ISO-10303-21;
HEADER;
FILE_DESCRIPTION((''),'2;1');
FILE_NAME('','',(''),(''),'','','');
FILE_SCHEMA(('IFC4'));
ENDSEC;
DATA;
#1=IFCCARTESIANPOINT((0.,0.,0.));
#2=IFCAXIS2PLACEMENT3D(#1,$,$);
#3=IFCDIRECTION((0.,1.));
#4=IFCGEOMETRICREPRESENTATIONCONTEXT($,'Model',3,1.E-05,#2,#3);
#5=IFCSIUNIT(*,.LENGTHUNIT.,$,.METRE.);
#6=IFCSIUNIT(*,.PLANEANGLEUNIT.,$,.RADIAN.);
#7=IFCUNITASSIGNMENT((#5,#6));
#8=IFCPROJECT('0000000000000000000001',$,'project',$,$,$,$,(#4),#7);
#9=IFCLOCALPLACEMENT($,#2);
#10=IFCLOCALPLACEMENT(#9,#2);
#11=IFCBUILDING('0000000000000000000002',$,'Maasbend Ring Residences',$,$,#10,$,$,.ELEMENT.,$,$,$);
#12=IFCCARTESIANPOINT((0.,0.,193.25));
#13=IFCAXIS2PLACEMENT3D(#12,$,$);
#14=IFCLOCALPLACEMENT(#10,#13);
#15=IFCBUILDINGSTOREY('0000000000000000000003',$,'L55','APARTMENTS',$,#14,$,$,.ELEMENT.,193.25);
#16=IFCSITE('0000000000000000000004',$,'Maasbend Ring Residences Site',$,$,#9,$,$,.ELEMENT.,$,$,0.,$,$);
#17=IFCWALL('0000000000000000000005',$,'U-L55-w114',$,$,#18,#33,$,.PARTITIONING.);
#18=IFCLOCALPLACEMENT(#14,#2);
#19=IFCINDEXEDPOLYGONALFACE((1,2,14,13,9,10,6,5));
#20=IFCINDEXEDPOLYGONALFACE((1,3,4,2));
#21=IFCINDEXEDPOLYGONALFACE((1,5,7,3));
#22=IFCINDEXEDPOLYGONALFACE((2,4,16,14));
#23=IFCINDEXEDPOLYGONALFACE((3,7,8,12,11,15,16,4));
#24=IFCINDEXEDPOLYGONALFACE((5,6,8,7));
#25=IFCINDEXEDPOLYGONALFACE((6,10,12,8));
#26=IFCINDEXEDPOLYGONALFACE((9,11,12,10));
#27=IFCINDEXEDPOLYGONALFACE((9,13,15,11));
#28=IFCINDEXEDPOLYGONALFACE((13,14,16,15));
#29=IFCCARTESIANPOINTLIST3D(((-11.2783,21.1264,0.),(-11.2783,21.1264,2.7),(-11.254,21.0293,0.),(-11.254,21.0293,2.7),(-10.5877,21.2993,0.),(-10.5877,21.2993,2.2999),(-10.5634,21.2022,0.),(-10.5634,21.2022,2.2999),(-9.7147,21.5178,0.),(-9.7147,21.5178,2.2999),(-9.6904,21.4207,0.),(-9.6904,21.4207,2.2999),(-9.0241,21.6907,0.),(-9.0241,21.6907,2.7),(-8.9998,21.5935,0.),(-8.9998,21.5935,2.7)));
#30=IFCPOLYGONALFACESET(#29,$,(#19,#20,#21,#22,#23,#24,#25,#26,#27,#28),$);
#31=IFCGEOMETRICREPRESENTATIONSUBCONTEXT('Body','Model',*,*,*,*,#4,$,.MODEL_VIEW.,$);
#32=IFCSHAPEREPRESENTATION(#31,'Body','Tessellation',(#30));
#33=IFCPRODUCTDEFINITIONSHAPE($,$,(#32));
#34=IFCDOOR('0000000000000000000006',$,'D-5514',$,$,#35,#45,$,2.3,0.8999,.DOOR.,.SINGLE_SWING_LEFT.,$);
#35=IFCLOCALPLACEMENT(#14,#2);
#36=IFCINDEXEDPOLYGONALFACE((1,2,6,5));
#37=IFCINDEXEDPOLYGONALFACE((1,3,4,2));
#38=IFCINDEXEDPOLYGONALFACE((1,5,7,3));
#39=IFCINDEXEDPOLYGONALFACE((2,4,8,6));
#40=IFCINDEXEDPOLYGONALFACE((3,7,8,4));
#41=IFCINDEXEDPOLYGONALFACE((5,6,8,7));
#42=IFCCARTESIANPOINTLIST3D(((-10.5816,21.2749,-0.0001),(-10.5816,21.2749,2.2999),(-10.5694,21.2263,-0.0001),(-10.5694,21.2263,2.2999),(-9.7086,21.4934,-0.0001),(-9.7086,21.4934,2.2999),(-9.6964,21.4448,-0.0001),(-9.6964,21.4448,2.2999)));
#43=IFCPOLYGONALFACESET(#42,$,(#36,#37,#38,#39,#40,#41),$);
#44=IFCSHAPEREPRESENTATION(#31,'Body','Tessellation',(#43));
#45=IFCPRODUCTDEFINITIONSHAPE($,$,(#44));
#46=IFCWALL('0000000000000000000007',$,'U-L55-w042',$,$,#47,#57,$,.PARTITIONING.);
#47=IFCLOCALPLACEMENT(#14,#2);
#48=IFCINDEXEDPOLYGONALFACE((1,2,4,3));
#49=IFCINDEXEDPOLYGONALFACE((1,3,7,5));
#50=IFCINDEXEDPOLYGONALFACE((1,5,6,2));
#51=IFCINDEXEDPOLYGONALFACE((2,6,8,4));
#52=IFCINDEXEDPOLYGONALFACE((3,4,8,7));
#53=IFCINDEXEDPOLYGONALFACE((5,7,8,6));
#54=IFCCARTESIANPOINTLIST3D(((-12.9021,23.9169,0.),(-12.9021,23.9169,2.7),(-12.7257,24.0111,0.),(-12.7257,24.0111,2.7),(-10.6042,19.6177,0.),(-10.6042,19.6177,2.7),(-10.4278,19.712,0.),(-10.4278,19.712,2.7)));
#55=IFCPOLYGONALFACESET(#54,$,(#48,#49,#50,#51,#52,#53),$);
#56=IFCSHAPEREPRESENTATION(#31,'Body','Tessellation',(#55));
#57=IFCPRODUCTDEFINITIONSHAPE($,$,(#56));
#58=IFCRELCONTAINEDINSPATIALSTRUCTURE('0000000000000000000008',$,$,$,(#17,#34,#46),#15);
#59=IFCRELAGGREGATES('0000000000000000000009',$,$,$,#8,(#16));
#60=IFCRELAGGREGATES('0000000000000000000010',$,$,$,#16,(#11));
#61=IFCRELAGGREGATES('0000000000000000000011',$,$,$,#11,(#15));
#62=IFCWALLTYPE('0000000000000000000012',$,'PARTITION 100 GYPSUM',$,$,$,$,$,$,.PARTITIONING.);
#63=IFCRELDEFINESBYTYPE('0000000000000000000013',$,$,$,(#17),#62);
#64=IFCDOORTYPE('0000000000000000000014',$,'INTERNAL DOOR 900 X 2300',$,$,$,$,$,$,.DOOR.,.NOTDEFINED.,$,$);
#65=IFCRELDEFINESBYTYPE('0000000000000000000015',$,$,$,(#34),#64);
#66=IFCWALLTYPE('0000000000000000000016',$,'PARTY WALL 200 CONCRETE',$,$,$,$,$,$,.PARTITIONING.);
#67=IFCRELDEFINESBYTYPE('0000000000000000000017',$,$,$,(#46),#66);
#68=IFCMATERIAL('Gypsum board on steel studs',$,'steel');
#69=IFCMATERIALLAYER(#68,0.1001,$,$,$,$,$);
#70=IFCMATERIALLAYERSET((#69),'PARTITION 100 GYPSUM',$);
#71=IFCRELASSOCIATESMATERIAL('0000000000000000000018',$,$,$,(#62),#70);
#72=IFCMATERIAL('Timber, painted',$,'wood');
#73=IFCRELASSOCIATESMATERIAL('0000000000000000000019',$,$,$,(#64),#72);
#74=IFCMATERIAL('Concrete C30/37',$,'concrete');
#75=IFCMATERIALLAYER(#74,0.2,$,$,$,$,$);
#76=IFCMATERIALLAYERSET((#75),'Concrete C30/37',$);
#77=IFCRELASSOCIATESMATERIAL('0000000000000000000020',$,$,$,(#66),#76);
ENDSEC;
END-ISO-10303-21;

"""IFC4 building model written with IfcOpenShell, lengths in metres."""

from ifc_helpers import new_model, si_unit, direction, frame, frame_2d, origin, place, context, subcontext, project, spatial, rectangle, extrude, material, layer, layer_set, type_object, element, fill, save


model = new_model("IFC4")

# Units and contexts
model_context = context("Model", 3, precision=1e-05, world=origin(), true_north=direction((0.0, 1.0)))
body_context = subcontext(model_context, "Body", "Model", "MODEL_VIEW")
ifc_project = project(units=[si_unit("LENGTHUNIT", "METRE"), si_unit("PLANEANGLEUNIT", "RADIAN")], contexts=[model_context])

# Site, building, storey
site_placement = place(None, origin())
site = spatial("IfcSite", under=ifc_project, at=site_placement, Name="Maasbend Ring Residences Site", CompositionType="ELEMENT", RefElevation=0.0)
building_placement = place(site_placement, origin())
building = spatial("IfcBuilding", under=site, at=building_placement, Name="Maasbend Ring Residences", CompositionType="ELEMENT")
storey_placement = place(building_placement, frame((0.0, 0.0, 193.25)))
storey = spatial("IfcBuildingStorey", under=building, at=storey_placement, Name="L55", Description="APARTMENTS", CompositionType="ELEMENT", Elevation=193.25)

# Shared definitions
ifc_material_1 = material(Name="Gypsum board on steel studs", Category="steel")
ifc_layer_1 = layer(ifc_material_1, 0.1001)
ifc_layer_set_1 = layer_set([ifc_layer_1], Name="PARTITION 100 GYPSUM")
wall_type_1 = type_object("IfcWallType", Name="PARTITION 100 GYPSUM", PredefinedType="PARTITIONING", material=ifc_layer_set_1)

# Shared definitions
ifc_material_2 = material(Name="Timber, painted", Category="wood")
door_type_1 = type_object("IfcDoorType", Name="INTERNAL DOOR 900 X 2300", OperationType="NOTDEFINED", PredefinedType="DOOR", material=ifc_material_2)

# Wall, opening, door
wall_1_placement = place(storey_placement, frame((-11.2661, 21.0779, 0.0), z_axis=(0.0, 0.0, 1.0), x_axis=(0.970074, 0.242808, 0.0)))
wall_1 = element("IfcWall", 1, at=wall_1_placement, inside=storey, type_object=wall_type_1, Name="U-L55-w114", PredefinedType="PARTITIONING", context=body_context, shape_type="SweptSolid", body=[
    extrude(rectangle(XDim=2.3237, YDim=0.1001, at=frame_2d((1.1619, 0.0))), origin(), (0.0, 0.0, 1.0), 2.7),
])
opening_1_placement = place(wall_1_placement, frame((0.7119, 0.0, 0.0)))
opening_1 = element("IfcOpeningElement", 2, at=opening_1_placement, cuts=wall_1, PredefinedType="OPENING", context=body_context, shape_type="SweptSolid", body=[
    extrude(rectangle(XDim=0.8999, YDim=2.3, at=frame_2d((0.45, 1.1499))), frame((0.0, 0.0601, 0.0), z_axis=(0.0, -1.0, 0.0), x_axis=(1.0, 0.0, 0.0)), (0.0, 0.0, 1.0), 0.1201),
])
door_1_placement = place(opening_1_placement, origin())
door_1 = element("IfcDoor", 3, at=door_1_placement, inside=storey, type_object=door_type_1, Name="D-5514", OperationType="SINGLE_SWING_LEFT", OverallHeight=2.3, OverallWidth=0.8999, PredefinedType="DOOR", context=body_context, shape_type="SweptSolid", body=[
    extrude(rectangle(XDim=0.8999, YDim=2.3, at=frame_2d((0.45, 1.1499))), frame((0.0, 0.0249, 0.0), z_axis=(0.0, -1.0, 0.0), x_axis=(1.0, 0.0, 0.0)), (0.0, 0.0, 1.0), 0.05),
])
fill(opening_1, door_1)

# Wall
ifc_material_3 = material(Name="Concrete C30/37", Category="concrete")
ifc_layer_2 = layer(ifc_material_3, 0.2)
ifc_layer_set_2 = layer_set([ifc_layer_2], Name="Concrete C30/37")
wall_type_2 = type_object("IfcWallType", Name="PARTY WALL 200 CONCRETE", PredefinedType="PARTITIONING", material=ifc_layer_set_2)
wall_2_placement = place(storey_placement, frame((-12.814, 23.9641, 0.0), z_axis=(0.0, 0.0, 1.0), x_axis=(0.471389, -0.881926, 0.0)))
element("IfcWall", 4, at=wall_2_placement, inside=storey, type_object=wall_type_2, Name="U-L55-w042", PredefinedType="PARTITIONING", context=body_context, shape_type="SweptSolid", body=[
    extrude(rectangle(XDim=4.8748, YDim=0.2, at=frame_2d((2.4375, 0.0))), origin(), (0.0, 0.0, 1.0), 2.7),
])

save(model, "model.ifc")
